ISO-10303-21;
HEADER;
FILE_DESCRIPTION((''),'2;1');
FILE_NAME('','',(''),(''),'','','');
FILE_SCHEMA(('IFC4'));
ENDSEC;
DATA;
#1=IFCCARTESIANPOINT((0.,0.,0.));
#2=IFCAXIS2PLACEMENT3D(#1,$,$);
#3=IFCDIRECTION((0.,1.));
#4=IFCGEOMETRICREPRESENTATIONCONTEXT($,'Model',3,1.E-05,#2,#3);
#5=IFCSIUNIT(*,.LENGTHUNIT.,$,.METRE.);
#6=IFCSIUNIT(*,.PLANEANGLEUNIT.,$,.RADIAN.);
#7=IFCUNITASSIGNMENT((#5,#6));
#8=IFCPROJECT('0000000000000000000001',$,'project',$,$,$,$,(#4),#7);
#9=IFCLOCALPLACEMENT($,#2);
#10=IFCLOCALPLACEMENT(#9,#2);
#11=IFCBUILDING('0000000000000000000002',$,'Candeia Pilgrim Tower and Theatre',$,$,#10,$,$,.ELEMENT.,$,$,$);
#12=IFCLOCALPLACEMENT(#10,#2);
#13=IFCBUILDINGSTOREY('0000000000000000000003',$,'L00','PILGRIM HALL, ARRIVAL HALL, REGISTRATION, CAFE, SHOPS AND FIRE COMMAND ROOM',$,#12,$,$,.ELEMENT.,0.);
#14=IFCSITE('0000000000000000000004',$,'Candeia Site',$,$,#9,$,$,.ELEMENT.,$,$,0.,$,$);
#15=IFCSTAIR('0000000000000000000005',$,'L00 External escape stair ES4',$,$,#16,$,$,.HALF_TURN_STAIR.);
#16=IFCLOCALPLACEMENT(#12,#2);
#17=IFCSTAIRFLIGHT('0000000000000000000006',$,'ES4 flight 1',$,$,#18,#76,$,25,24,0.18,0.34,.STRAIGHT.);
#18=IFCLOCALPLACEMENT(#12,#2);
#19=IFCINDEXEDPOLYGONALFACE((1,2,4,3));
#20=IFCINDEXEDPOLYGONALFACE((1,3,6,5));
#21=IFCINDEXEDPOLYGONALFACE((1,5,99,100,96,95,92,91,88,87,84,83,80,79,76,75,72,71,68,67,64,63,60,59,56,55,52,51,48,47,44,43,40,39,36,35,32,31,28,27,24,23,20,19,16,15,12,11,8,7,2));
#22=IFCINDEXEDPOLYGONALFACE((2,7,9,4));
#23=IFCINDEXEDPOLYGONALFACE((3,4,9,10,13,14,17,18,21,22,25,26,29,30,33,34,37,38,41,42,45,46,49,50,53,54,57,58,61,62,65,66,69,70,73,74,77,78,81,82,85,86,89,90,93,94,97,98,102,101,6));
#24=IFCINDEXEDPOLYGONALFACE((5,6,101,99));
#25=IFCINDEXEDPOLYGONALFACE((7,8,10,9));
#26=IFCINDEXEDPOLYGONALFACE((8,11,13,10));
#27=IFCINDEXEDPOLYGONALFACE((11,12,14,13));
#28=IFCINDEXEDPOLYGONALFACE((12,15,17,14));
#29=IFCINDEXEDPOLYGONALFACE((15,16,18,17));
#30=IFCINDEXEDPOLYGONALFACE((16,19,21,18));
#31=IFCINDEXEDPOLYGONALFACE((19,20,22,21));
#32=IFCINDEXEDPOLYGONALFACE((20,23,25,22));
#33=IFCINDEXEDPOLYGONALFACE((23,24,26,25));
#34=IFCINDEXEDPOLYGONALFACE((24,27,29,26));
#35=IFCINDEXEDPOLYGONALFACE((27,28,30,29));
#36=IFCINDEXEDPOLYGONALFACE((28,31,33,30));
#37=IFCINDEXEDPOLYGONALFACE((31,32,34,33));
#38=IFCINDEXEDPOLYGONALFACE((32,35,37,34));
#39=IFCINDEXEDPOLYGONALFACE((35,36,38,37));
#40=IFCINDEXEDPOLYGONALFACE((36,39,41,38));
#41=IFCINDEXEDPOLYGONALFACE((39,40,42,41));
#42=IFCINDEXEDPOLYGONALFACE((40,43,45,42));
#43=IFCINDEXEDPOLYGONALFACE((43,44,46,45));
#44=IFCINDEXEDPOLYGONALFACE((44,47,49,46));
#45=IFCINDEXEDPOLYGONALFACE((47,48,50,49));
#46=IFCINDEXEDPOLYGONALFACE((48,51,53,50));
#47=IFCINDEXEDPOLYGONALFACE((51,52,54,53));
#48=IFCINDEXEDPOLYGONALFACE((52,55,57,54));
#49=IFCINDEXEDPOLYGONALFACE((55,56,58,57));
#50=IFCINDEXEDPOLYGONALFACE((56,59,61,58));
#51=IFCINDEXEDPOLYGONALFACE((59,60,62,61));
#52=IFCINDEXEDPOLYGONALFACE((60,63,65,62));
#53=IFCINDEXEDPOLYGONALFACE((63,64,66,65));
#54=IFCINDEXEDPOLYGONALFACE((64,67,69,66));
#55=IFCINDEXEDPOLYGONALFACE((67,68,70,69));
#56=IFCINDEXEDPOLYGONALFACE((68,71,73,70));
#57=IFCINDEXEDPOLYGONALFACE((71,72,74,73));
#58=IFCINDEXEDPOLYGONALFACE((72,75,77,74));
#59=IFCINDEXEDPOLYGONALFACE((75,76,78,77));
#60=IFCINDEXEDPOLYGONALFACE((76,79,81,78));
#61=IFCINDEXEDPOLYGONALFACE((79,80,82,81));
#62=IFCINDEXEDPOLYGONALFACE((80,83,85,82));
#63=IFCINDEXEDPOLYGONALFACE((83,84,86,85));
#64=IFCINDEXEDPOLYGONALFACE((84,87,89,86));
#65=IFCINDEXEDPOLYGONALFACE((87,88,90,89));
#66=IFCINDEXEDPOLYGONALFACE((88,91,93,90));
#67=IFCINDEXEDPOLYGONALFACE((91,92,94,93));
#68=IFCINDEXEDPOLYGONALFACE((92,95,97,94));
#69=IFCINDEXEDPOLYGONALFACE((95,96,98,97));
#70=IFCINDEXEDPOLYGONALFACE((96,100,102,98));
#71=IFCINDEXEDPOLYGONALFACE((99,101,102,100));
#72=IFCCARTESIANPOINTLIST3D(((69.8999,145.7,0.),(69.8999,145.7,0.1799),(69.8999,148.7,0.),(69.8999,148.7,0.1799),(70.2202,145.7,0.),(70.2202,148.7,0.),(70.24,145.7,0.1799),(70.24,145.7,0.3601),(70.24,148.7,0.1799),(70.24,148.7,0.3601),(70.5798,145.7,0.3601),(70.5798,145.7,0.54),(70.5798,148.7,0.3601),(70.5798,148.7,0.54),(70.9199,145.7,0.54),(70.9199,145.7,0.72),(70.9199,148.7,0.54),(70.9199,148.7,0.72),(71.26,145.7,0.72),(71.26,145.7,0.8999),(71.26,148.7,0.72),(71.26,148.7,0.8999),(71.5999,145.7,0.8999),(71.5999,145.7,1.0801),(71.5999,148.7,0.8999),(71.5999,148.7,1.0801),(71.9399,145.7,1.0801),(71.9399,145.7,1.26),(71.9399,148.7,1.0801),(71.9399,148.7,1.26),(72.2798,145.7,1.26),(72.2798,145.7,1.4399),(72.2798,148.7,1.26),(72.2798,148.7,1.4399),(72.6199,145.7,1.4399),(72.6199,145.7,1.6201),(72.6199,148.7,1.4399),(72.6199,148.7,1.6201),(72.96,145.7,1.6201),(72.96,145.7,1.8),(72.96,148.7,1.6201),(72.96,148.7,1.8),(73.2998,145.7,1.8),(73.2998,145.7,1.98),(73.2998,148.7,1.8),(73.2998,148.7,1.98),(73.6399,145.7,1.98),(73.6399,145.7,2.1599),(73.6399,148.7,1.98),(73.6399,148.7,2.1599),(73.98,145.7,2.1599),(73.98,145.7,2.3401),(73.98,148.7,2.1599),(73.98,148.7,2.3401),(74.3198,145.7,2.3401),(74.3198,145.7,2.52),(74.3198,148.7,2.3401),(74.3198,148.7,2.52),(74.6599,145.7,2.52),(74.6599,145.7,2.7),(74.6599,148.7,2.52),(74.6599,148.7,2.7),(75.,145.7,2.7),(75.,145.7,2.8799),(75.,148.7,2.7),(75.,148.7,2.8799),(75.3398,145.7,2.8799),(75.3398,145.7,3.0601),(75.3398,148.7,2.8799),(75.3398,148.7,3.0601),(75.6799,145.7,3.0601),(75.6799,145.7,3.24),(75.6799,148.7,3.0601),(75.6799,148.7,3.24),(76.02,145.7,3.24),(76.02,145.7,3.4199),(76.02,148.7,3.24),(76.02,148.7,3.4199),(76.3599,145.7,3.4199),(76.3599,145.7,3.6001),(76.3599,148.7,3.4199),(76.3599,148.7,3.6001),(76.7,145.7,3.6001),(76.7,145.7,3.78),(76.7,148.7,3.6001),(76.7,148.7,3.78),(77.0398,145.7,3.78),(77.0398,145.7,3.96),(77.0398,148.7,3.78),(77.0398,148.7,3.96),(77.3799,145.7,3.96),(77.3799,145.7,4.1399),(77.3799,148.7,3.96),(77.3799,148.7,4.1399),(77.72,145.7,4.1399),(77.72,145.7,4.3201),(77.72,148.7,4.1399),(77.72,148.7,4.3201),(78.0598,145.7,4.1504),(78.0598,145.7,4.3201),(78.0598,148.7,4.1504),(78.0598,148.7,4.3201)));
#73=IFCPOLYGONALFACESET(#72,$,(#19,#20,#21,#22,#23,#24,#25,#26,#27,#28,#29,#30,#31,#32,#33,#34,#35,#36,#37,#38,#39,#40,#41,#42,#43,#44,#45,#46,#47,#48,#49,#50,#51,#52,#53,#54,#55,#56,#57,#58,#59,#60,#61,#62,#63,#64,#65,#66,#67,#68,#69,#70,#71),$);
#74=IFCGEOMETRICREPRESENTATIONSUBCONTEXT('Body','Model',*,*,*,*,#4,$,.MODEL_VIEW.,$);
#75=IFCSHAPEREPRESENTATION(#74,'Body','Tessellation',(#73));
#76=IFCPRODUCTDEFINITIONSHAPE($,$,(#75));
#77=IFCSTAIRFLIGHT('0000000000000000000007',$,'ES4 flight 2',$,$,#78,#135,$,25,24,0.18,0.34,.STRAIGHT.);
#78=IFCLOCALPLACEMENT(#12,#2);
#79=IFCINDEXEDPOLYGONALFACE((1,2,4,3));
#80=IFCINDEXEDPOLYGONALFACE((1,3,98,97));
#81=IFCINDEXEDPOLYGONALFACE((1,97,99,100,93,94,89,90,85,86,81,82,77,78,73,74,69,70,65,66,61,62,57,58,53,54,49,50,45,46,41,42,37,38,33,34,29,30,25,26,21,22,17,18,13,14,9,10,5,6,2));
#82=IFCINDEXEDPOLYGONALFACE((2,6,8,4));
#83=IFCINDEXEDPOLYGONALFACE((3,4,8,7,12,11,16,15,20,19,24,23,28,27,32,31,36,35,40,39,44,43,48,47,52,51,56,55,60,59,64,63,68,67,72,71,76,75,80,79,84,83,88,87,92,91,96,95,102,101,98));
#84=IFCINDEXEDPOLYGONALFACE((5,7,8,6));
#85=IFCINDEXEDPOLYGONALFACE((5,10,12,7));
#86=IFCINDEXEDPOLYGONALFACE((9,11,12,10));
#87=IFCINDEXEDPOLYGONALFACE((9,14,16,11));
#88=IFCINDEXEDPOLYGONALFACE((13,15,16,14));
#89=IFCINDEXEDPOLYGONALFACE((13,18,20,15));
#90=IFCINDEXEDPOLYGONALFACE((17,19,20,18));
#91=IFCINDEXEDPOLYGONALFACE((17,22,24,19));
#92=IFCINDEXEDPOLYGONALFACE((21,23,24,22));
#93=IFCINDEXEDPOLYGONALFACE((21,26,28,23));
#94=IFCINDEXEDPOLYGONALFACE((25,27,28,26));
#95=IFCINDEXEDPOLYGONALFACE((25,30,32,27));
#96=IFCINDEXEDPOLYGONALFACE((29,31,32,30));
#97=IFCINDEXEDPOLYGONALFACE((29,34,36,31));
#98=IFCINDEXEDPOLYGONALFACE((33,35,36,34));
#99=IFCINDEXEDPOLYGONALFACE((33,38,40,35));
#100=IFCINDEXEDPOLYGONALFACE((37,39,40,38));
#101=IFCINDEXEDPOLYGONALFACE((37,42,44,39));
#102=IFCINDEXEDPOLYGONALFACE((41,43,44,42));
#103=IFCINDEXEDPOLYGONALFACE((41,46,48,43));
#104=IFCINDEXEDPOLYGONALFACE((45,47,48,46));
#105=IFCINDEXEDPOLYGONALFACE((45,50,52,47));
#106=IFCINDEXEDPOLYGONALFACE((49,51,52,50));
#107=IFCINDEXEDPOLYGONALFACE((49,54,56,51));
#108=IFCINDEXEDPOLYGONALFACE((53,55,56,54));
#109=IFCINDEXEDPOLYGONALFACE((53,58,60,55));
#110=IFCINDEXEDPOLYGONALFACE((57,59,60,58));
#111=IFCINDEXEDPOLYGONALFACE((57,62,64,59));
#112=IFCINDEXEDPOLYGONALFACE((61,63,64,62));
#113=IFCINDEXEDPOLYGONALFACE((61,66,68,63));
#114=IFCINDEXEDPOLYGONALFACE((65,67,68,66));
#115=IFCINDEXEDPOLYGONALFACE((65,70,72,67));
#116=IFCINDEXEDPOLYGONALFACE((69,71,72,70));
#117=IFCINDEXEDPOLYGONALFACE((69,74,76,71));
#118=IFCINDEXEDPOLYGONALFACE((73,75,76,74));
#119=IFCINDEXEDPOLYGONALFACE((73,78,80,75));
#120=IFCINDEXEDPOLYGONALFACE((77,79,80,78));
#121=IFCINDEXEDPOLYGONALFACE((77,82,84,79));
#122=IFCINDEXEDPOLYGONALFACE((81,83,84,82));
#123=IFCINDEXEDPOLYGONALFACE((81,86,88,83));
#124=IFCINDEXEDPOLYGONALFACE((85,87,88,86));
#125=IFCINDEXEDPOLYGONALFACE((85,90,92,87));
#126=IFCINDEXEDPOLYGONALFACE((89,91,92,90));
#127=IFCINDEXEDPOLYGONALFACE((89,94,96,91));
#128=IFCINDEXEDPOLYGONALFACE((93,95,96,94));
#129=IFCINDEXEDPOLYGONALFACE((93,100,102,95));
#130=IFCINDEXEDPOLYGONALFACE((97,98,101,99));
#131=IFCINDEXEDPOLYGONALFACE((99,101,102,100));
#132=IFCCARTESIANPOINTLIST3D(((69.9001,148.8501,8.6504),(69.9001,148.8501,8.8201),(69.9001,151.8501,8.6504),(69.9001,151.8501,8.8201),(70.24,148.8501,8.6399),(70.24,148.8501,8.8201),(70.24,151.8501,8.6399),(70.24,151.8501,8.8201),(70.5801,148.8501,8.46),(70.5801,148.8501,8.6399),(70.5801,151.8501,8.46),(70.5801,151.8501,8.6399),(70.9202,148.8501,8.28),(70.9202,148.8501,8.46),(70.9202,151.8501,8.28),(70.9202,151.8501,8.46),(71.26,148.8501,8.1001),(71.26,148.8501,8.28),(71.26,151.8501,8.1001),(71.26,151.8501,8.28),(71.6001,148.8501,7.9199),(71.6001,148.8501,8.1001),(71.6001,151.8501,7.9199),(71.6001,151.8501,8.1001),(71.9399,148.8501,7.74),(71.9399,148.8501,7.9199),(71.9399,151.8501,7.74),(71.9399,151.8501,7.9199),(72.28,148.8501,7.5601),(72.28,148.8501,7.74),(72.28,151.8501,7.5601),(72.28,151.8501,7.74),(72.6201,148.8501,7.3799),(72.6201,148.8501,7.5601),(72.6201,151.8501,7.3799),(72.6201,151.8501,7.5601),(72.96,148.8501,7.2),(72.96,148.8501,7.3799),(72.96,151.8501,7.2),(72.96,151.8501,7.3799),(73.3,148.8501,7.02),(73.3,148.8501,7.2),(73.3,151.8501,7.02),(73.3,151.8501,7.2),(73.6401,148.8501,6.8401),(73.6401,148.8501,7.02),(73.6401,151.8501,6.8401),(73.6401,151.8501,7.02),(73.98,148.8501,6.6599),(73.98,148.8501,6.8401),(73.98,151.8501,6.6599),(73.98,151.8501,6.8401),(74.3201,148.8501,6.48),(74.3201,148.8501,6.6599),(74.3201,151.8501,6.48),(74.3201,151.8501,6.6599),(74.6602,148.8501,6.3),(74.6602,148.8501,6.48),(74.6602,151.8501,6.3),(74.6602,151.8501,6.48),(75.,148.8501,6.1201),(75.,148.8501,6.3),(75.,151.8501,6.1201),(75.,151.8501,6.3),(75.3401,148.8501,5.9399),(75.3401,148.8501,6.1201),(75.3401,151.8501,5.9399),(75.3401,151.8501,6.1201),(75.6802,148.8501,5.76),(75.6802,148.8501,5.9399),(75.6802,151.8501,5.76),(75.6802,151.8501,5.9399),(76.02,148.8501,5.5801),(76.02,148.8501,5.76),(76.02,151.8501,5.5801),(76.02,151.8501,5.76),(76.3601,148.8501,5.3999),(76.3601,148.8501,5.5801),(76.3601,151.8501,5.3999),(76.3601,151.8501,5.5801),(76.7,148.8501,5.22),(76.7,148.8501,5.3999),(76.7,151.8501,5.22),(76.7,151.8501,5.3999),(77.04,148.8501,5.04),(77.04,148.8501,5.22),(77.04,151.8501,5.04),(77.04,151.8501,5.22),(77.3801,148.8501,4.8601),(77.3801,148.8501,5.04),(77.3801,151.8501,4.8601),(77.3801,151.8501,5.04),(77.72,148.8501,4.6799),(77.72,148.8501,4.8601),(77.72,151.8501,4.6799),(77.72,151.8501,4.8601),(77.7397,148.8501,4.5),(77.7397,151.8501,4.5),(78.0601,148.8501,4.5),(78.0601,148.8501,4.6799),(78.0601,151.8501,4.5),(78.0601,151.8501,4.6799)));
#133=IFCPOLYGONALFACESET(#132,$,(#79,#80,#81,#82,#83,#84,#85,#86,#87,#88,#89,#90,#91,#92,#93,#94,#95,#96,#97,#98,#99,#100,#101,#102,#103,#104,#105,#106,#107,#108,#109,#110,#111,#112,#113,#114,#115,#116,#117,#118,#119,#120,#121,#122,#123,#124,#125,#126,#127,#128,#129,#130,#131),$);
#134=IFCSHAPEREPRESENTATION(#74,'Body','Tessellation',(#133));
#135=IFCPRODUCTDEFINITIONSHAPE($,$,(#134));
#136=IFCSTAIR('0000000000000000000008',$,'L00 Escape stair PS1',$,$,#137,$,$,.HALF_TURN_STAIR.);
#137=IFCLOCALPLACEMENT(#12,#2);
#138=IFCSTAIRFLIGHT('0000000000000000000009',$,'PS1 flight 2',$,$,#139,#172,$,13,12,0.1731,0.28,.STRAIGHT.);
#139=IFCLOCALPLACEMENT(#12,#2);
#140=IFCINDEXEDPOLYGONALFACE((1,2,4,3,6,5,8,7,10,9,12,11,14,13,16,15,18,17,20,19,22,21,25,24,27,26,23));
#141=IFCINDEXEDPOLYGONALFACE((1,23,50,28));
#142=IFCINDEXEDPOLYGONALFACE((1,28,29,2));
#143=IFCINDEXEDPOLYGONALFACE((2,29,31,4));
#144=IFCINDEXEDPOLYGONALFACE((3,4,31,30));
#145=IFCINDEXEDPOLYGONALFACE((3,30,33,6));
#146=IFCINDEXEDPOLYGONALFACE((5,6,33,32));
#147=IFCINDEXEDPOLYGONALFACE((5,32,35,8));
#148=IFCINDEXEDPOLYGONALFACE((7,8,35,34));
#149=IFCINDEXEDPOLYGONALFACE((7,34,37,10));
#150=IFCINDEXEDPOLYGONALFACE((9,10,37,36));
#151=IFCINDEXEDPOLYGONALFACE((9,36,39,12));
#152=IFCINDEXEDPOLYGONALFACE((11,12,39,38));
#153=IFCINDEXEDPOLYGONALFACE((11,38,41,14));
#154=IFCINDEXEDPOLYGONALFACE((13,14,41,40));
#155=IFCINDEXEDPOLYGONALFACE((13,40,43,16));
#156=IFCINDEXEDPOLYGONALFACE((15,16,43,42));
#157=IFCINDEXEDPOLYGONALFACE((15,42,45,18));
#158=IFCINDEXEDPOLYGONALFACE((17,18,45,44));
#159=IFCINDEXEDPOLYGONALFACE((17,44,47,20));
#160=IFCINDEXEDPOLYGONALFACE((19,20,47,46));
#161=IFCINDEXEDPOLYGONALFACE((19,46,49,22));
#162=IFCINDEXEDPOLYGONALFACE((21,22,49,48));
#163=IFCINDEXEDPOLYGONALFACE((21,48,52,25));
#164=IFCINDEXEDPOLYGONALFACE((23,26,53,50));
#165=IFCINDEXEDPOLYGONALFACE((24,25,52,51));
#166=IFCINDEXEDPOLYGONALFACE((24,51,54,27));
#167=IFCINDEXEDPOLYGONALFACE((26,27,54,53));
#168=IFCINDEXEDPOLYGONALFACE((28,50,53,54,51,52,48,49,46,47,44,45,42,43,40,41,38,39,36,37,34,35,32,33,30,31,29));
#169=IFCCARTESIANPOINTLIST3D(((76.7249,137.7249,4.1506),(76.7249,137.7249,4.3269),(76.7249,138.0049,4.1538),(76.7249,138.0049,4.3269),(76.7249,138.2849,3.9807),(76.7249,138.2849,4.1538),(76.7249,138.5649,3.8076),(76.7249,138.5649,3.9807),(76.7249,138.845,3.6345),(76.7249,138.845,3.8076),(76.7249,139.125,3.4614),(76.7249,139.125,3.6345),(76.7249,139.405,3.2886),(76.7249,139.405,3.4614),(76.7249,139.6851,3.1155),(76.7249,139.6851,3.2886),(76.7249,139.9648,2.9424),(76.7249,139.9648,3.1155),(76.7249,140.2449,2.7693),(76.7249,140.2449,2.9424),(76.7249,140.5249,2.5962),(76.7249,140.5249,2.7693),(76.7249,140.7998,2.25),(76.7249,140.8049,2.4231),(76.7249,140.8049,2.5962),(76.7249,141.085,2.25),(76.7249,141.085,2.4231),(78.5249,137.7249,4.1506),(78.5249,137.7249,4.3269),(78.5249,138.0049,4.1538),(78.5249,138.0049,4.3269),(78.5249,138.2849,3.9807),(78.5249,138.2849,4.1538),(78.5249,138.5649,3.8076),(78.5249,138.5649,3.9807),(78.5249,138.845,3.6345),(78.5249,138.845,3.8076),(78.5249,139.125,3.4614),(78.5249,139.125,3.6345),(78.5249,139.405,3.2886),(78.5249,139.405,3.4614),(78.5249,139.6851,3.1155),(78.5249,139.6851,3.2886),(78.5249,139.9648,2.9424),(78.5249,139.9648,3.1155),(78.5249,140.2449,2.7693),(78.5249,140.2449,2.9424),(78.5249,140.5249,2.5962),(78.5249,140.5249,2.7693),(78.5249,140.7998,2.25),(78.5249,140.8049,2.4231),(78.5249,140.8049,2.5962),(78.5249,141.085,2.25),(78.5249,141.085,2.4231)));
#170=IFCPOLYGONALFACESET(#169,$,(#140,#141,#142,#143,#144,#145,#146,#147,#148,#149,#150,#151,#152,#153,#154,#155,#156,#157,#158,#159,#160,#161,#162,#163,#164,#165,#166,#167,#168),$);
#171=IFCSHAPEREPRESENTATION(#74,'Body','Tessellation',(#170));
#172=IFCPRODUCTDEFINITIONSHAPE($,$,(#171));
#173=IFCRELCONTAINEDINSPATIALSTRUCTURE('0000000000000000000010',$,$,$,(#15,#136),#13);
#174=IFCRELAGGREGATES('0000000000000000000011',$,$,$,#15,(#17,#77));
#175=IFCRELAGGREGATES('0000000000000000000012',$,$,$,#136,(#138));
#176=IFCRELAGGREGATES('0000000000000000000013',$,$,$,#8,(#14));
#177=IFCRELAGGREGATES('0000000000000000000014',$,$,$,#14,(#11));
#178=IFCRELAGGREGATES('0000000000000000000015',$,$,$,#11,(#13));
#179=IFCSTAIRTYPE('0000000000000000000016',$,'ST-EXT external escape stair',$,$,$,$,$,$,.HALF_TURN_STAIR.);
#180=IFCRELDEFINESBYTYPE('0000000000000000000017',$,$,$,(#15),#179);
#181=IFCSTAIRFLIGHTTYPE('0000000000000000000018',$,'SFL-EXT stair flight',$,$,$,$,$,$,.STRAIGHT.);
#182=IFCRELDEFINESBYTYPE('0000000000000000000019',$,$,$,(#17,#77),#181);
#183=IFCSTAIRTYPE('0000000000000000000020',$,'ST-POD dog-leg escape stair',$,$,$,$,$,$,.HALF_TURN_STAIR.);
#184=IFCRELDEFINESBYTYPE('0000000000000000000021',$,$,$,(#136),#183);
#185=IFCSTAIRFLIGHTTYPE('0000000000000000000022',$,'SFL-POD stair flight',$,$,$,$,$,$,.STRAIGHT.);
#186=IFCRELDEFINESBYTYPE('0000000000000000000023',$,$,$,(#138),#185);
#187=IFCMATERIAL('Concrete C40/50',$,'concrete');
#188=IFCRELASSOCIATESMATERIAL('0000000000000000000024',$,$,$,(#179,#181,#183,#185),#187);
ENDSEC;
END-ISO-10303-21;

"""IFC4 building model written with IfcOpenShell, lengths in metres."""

from ifc_helpers import new_model, si_unit, direction, frame, origin, place, context, subcontext, project, spatial, polyline, outline, extrude, material, type_object, element, aggregate, save


model = new_model("IFC4")

# Units and contexts
model_context = context("Model", 3, precision=1e-05, world=origin(), true_north=direction((0.0, 1.0)))
body_context = subcontext(model_context, "Body", "Model", "MODEL_VIEW")
ifc_project = project(units=[si_unit("LENGTHUNIT", "METRE"), si_unit("PLANEANGLEUNIT", "RADIAN")], contexts=[model_context])

# Site, building, storey
site_placement = place(None, origin())
site = spatial("IfcSite", under=ifc_project, at=site_placement, Name="Candeia Site", CompositionType="ELEMENT", RefElevation=0.0)
building_placement = place(site_placement, origin())
building = spatial("IfcBuilding", under=site, at=building_placement, Name="Candeia Pilgrim Tower and Theatre", CompositionType="ELEMENT")
storey_placement = place(building_placement, origin())
storey = spatial("IfcBuildingStorey", under=building, at=storey_placement, Name="L00", Description="PILGRIM HALL, ARRIVAL HALL, REGISTRATION, CAFE, SHOPS AND FIRE COMMAND ROOM", CompositionType="ELEMENT", Elevation=0.0)

# Shared definitions
ifc_material_1 = material(Name="Concrete C40/50", Category="concrete")

# Stairs, stair flights
stair_type_1 = type_object("IfcStairType", Name="ST-EXT external escape stair", PredefinedType="HALF_TURN_STAIR", material=ifc_material_1)
stair_1_placement = place(storey_placement, origin())
stair_1 = element("IfcStair", 1, at=stair_1_placement, inside=storey, type_object=stair_type_1, Name="L00 External escape stair ES4", PredefinedType="HALF_TURN_STAIR")
stair_flight_type_1 = type_object("IfcStairFlightType", Name="SFL-EXT stair flight", PredefinedType="STRAIGHT", material=ifc_material_1)
stair_flight_1_placement = place(storey_placement, frame((69.8999, 147.2, 0.0), z_axis=(0.0, 0.0, 1.0), x_axis=(1.0, 0.0, 0.0)))
stair_flight_1 = element("IfcStairFlight", 2, at=stair_flight_1_placement, type_object=stair_flight_type_1, Name="ES4 flight 1", NumberOfRisers=25, NumberOfTreads=24, PredefinedType="STRAIGHT", RiserHeight=0.18, TreadLength=0.34, context=body_context, shape_type="SweptSolid", body=[
    extrude(outline(polyline([(0.0, 0.0), (0.0, 0.1799), (0.3401, 0.1799), (0.3401, 0.3601), (0.6799, 0.3601), (0.6799, 0.54), (1.02, 0.54), (1.02, 0.72), (1.3601, 0.72), (1.3601, 0.8999), (1.7, 0.8999), (1.7, 1.0801), (2.04, 1.0801), (2.04, 1.26), (2.3799, 1.26), (2.3799, 1.4399), (2.72, 1.4399), (2.72, 1.6201), (3.0601, 1.6201), (3.0601, 1.8), (3.3999, 1.8), (3.3999, 1.98), (3.74, 1.98), (3.74, 2.1599), (4.0801, 2.1599), (4.0801, 2.3401), (4.4199, 2.3401), (4.4199, 2.52), (4.76, 2.52), (4.76, 2.7), (5.1001, 2.7), (5.1001, 2.8799), (5.4399, 2.8799), (5.4399, 3.0601), (5.78, 3.0601), (5.78, 3.24), (6.1201, 3.24), (6.1201, 3.4199), (6.46, 3.4199), (6.46, 3.6001), (6.8, 3.6001), (6.8, 3.78), (7.1399, 3.78), (7.1399, 3.96), (7.48, 3.96), (7.48, 4.1399), (7.8201, 4.1399), (7.8201, 4.3201), (8.1599, 4.3201), (8.1599, 4.5), (8.1599, 4.1504), (0.3203, 0.0), (0.0, 0.0)])), frame((0.0, 1.5, 0.0), z_axis=(0.0, -1.0, 0.0), x_axis=(1.0, 0.0, 0.0)), (0.0, 0.0, 1.0), 3.0),
])
stair_flight_2_placement = place(storey_placement, frame((78.0601, 150.3501, 4.5), z_axis=(0.0, 0.0, 1.0), x_axis=(-1.0, 0.0, 0.0)))
stair_flight_2 = element("IfcStairFlight", 3, at=stair_flight_2_placement, type_object=stair_flight_type_1, Name="ES4 flight 2", NumberOfRisers=25, NumberOfTreads=24, PredefinedType="STRAIGHT", RiserHeight=0.18, TreadLength=0.34, context=body_context, shape_type="SweptSolid", body=[
    extrude(outline(polyline([(0.0, 0.0), (0.0, 0.1799), (0.3401, 0.1799), (0.3401, 0.3601), (0.6799, 0.3601), (0.6799, 0.54), (1.02, 0.54), (1.02, 0.72), (1.3601, 0.72), (1.3601, 0.8999), (1.7, 0.8999), (1.7, 1.0801), (2.04, 1.0801), (2.04, 1.26), (2.3799, 1.26), (2.3799, 1.4399), (2.72, 1.4399), (2.72, 1.6201), (3.0601, 1.6201), (3.0601, 1.8), (3.3999, 1.8), (3.3999, 1.98), (3.74, 1.98), (3.74, 2.1599), (4.0801, 2.1599), (4.0801, 2.3401), (4.4199, 2.3401), (4.4199, 2.52), (4.76, 2.52), (4.76, 2.7), (5.1001, 2.7), (5.1001, 2.8799), (5.4399, 2.8799), (5.4399, 3.0601), (5.78, 3.0601), (5.78, 3.24), (6.1201, 3.24), (6.1201, 3.4199), (6.46, 3.4199), (6.46, 3.6001), (6.8, 3.6001), (6.8, 3.78), (7.1399, 3.78), (7.1399, 3.96), (7.48, 3.96), (7.48, 4.1399), (7.8201, 4.1399), (7.8201, 4.3201), (8.1599, 4.3201), (8.1599, 4.5), (8.1599, 4.1504), (0.3203, 0.0), (0.0, 0.0)])), frame((0.0, 1.5, 0.0), z_axis=(0.0, -1.0, 0.0), x_axis=(1.0, 0.0, 0.0)), (0.0, 0.0, 1.0), 3.0),
])
aggregate(stair_1, [stair_flight_1, stair_flight_2])
stair_type_2 = type_object("IfcStairType", Name="ST-POD dog-leg escape stair", PredefinedType="HALF_TURN_STAIR", material=ifc_material_1)
stair_2_placement = place(storey_placement, origin())
stair_2 = element("IfcStair", 4, at=stair_2_placement, inside=storey, type_object=stair_type_2, Name="L00 Escape stair PS1", PredefinedType="HALF_TURN_STAIR")
stair_flight_type_2 = type_object("IfcStairFlightType", Name="SFL-POD stair flight", PredefinedType="STRAIGHT", material=ifc_material_1)
stair_flight_3_placement = place(storey_placement, frame((77.625, 141.085, 2.25), z_axis=(0.0, 0.0, 1.0), x_axis=(0.0, -1.0, 0.0)))
stair_flight_3 = element("IfcStairFlight", 5, at=stair_flight_3_placement, type_object=stair_flight_type_2, Name="PS1 flight 2", NumberOfRisers=13, NumberOfTreads=12, PredefinedType="STRAIGHT", RiserHeight=0.1731, TreadLength=0.28, context=body_context, shape_type="SweptSolid", body=[
    extrude(outline(polyline([(0.0, 0.0), (0.0, 0.1731), (0.28, 0.1731), (0.28, 0.3462), (0.5601, 0.3462), (0.5601, 0.5193), (0.8401, 0.5193), (0.8401, 0.6924), (1.1201, 0.6924), (1.1201, 0.8655), (1.3999, 0.8655), (1.3999, 1.0386), (1.6799, 1.0386), (1.6799, 1.2114), (1.96, 1.2114), (1.96, 1.3845), (2.24, 1.3845), (2.24, 1.5576), (2.52, 1.5576), (2.52, 1.7307), (2.8, 1.7307), (2.8, 1.9038), (3.0801, 1.9038), (3.0801, 2.0769), (3.3601, 2.0769), (3.3601, 2.25), (3.3601, 1.9006), (0.2852, 0.0), (0.0, 0.0)])), frame((0.0, 0.8999, 0.0), z_axis=(0.0, -1.0, 0.0), x_axis=(1.0, 0.0, 0.0)), (0.0, 0.0, 1.0), 1.8),
])
aggregate(stair_2, [stair_flight_3])

save(model, "model.ifc")
